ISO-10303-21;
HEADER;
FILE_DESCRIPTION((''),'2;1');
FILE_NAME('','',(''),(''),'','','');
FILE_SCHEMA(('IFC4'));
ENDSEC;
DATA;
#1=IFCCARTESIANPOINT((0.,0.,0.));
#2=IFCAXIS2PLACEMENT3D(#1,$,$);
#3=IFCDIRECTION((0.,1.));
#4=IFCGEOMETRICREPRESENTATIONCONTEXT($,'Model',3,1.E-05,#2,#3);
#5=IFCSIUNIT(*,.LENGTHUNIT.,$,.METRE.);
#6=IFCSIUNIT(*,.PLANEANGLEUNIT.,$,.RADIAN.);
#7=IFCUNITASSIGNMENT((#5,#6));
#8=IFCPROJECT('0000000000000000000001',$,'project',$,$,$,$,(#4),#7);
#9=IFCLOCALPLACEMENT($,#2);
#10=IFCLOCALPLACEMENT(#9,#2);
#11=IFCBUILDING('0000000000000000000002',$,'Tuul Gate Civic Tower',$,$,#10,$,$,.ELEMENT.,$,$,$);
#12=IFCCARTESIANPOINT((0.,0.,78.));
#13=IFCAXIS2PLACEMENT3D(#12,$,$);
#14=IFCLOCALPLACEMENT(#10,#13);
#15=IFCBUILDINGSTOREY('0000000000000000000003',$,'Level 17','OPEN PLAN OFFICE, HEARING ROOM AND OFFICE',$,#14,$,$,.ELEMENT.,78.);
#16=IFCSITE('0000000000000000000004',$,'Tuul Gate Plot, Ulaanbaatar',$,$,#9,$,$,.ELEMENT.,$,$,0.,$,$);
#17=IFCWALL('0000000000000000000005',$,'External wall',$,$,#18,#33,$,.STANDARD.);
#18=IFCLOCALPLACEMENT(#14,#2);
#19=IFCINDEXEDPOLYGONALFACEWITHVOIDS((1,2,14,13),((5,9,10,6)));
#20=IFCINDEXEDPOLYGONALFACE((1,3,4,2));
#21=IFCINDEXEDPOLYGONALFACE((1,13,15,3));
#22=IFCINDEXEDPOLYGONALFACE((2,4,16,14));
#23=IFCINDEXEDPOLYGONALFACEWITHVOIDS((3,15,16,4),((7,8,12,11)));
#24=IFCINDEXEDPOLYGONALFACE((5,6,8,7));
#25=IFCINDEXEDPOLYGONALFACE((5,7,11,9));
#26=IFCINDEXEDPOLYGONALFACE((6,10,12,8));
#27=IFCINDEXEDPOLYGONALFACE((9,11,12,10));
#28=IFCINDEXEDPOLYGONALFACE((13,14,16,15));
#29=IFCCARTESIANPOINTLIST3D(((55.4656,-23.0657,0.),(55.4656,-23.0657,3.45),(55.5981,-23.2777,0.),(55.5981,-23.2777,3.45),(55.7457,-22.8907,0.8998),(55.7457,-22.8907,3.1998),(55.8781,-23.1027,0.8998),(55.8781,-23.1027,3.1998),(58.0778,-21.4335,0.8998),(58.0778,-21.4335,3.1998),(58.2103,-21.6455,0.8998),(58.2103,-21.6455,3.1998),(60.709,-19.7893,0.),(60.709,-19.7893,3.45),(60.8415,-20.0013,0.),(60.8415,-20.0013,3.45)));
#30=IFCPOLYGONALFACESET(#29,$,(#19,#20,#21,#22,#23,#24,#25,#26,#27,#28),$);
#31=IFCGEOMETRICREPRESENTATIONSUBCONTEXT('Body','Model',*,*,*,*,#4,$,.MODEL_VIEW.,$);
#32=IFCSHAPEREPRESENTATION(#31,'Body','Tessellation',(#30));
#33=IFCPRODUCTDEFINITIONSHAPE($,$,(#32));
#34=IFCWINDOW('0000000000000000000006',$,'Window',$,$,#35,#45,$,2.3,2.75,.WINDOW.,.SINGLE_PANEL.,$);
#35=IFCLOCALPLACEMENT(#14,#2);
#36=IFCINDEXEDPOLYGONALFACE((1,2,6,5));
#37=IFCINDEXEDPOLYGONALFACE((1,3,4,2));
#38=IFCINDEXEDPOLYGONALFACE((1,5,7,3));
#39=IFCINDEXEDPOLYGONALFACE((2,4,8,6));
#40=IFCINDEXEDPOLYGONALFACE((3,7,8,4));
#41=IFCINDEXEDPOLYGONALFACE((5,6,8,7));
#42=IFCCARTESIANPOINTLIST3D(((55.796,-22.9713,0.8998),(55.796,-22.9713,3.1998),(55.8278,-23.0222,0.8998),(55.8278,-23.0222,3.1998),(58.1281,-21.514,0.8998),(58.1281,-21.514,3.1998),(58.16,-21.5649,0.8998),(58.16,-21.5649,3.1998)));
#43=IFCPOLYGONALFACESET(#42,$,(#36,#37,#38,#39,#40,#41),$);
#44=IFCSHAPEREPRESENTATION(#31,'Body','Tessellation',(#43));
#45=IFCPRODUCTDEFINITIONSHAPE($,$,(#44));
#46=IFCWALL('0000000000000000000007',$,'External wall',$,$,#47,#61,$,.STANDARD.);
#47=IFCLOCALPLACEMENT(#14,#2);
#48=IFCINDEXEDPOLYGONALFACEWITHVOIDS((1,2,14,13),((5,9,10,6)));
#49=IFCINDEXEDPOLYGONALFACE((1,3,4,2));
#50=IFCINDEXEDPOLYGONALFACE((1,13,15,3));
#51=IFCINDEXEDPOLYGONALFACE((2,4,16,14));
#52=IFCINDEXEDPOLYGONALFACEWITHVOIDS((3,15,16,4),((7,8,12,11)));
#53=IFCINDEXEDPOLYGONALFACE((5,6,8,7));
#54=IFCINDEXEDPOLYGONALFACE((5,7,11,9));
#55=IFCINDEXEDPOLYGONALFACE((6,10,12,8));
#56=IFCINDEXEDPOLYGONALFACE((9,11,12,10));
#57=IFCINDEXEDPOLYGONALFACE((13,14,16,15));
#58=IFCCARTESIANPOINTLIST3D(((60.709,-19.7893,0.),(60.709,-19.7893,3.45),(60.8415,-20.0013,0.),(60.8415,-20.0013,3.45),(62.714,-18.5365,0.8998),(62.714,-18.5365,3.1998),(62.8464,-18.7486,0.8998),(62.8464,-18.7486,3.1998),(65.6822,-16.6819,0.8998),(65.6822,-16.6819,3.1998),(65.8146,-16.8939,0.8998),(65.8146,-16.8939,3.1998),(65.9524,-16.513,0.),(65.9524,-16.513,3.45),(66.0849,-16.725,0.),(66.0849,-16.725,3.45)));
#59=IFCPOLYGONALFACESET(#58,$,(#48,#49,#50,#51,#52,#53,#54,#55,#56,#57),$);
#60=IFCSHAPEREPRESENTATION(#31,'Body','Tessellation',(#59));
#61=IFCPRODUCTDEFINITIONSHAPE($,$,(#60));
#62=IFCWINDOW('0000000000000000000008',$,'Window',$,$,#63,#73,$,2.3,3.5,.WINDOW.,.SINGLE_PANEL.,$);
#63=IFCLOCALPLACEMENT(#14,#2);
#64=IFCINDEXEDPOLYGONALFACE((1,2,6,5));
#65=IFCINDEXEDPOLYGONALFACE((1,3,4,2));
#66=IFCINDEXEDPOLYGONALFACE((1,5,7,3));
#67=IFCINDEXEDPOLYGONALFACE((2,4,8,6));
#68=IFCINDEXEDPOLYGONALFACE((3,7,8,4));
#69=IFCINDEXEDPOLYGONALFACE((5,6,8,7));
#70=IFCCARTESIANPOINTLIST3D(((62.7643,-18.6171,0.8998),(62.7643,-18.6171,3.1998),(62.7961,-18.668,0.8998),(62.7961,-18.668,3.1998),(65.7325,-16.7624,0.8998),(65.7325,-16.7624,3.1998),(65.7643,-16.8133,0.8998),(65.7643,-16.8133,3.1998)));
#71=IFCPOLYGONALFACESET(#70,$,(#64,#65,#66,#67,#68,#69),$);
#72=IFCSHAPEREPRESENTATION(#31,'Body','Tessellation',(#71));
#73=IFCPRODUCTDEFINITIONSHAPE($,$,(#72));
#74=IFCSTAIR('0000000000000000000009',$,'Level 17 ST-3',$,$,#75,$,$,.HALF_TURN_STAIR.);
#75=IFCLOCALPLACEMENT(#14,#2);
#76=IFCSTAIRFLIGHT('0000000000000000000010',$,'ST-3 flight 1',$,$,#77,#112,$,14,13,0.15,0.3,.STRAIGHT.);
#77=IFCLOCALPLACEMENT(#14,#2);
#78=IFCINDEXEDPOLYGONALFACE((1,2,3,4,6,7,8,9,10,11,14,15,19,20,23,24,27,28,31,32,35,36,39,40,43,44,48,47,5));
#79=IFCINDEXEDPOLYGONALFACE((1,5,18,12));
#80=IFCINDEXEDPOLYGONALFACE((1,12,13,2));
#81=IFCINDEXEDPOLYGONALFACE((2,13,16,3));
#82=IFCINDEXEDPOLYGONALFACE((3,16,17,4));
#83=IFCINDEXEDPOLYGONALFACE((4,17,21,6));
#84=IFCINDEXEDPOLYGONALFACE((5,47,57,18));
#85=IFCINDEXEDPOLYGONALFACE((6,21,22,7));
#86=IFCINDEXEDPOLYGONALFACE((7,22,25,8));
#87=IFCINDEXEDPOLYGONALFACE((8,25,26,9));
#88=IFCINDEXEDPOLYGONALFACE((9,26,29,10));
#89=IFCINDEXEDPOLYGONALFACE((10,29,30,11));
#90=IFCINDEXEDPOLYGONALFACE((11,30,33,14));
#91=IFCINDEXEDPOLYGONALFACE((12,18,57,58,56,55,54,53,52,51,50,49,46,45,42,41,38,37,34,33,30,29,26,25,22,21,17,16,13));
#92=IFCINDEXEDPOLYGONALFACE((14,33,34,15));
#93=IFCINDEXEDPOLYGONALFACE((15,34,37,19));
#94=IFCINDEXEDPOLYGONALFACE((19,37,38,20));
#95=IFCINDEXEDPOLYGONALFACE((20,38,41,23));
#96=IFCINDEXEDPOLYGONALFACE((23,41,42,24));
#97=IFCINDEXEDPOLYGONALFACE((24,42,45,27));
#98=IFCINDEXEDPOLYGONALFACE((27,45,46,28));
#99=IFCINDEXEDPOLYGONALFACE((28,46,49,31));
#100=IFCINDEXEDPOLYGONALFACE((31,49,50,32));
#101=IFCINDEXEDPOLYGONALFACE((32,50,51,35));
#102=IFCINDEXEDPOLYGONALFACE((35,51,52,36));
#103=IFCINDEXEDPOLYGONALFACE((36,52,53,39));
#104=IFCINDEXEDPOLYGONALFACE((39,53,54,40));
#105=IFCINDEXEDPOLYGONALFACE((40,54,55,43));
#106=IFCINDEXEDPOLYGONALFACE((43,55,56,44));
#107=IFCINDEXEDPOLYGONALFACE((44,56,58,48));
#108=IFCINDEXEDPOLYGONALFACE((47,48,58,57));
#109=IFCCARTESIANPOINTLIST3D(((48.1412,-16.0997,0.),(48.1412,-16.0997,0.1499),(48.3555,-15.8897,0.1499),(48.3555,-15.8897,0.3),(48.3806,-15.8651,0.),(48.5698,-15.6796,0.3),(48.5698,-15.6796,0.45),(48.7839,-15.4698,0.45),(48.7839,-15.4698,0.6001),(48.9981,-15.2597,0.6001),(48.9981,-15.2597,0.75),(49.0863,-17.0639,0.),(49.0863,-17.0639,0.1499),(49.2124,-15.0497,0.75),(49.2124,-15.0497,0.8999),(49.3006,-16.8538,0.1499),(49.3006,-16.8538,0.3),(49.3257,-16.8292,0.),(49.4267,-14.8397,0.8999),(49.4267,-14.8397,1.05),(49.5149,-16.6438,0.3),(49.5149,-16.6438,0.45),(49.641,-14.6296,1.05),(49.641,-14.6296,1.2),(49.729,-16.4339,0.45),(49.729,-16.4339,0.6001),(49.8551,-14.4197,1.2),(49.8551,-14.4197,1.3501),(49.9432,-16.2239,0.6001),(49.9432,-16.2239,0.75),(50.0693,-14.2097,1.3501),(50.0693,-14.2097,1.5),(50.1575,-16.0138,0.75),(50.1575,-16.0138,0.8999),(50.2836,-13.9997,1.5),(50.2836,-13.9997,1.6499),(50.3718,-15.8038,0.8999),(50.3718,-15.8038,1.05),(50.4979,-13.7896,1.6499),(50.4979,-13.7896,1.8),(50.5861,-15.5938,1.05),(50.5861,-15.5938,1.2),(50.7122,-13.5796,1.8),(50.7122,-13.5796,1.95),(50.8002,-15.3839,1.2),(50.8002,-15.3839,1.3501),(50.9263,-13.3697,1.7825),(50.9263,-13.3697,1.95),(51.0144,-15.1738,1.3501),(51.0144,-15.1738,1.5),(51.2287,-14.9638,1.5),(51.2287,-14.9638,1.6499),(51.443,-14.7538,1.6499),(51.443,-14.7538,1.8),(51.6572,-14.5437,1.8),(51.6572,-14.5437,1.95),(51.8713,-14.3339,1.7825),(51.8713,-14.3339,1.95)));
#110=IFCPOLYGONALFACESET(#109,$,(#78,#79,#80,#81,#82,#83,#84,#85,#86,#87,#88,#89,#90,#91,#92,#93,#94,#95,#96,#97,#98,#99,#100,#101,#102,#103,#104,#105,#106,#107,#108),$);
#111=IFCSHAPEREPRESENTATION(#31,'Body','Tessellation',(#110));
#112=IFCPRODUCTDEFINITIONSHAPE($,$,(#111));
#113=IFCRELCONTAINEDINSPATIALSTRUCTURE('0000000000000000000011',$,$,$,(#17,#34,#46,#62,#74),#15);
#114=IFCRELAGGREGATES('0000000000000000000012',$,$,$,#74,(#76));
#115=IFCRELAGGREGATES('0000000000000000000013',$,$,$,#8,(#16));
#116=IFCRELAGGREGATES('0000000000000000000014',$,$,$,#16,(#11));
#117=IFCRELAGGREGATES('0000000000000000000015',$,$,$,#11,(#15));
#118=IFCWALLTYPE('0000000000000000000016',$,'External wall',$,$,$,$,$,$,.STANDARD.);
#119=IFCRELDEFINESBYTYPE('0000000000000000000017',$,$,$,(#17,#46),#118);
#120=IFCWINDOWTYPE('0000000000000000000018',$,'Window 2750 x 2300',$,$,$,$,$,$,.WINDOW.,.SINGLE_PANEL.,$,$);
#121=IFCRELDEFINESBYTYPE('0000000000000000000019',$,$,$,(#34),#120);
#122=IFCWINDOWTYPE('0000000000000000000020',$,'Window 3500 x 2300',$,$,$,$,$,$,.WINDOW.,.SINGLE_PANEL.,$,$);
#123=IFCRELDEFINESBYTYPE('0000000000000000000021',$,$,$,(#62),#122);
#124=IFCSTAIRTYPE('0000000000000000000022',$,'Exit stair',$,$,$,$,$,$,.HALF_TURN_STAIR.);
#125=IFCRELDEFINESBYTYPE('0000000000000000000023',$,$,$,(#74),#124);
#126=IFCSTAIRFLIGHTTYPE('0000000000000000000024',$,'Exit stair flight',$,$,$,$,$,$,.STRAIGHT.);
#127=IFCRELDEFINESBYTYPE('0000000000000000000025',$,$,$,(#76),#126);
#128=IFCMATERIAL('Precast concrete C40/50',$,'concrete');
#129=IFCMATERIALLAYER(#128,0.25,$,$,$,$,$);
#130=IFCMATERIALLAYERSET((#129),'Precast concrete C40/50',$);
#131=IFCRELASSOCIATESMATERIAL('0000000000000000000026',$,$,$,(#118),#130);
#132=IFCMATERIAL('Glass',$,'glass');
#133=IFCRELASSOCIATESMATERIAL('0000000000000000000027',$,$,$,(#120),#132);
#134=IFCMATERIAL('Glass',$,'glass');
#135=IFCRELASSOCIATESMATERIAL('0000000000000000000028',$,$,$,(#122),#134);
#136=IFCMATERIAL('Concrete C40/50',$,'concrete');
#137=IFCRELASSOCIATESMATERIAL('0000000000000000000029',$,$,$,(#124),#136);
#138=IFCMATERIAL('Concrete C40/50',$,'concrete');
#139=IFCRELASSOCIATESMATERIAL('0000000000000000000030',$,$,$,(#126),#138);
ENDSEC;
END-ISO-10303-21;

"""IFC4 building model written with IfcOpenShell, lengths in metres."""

from ifc_helpers import new_model, si_unit, direction, frame, frame_2d, origin, place, context, subcontext, project, spatial, polyline, rectangle, outline, extrude, material, layer, layer_set, type_object, element, fill, aggregate, save


model = new_model("IFC4")

# Units and contexts
model_context = context("Model", 3, precision=1e-05, world=origin(), true_north=direction((0.0, 1.0)))
body_context = subcontext(model_context, "Body", "Model", "MODEL_VIEW")
ifc_project = project(units=[si_unit("LENGTHUNIT", "METRE"), si_unit("PLANEANGLEUNIT", "RADIAN")], contexts=[model_context])

# Site, building, storey
site_placement = place(None, origin())
site = spatial("IfcSite", under=ifc_project, at=site_placement, Name="Tuul Gate Plot, Ulaanbaatar", CompositionType="ELEMENT", RefElevation=0.0)
building_placement = place(site_placement, origin())
building = spatial("IfcBuilding", under=site, at=building_placement, Name="Tuul Gate Civic Tower", CompositionType="ELEMENT")
storey_placement = place(building_placement, frame((0.0, 0.0, 78.0)))
storey = spatial("IfcBuildingStorey", under=building, at=storey_placement, Name="Level 17", Description="OPEN PLAN OFFICE, HEARING ROOM AND OFFICE", CompositionType="ELEMENT", Elevation=78.0)

# Shared definitions
ifc_material_1 = material(Name="Precast concrete C40/50", Category="concrete")
ifc_layer = layer(ifc_material_1, 0.25)
ifc_layer_set = layer_set([ifc_layer], Name="Precast concrete C40/50")
wall_type = type_object("IfcWallType", Name="External wall", PredefinedType="STANDARD", material=ifc_layer_set)

# Walls, openings, windows
wall_1_placement = place(storey_placement, frame((55.532, -23.1716, 0.0), z_axis=(0.0, 0.0, 1.0), x_axis=(0.848054, 0.52991, 0.0)))
wall_1 = element("IfcWall", 1, at=wall_1_placement, inside=storey, type_object=wall_type, Name="External wall", PredefinedType="STANDARD", context=body_context, shape_type="SweptSolid", body=[
    extrude(rectangle(XDim=6.1829, YDim=0.25, at=frame_2d((3.0913, 0.0))), origin(), (0.0, 0.0, 1.0), 3.45),
])
opening_1_placement = place(wall_1_placement, frame((0.3301, 0.0, 0.8999)))
opening_1 = element("IfcOpeningElement", 2, at=opening_1_placement, cuts=wall_1, PredefinedType="OPENING", context=body_context, shape_type="SweptSolid", body=[
    extrude(rectangle(XDim=2.75, YDim=2.3, at=frame_2d((1.375, 1.1499))), frame((0.0, 0.135, 0.0), z_axis=(0.0, -1.0, 0.0), x_axis=(1.0, 0.0, 0.0)), (0.0, 0.0, 1.0), 0.27),
])
ifc_material_2 = material(Name="Glass", Category="glass")
window_type_1 = type_object("IfcWindowType", Name="Window 2750 x 2300", PartitioningType="SINGLE_PANEL", PredefinedType="WINDOW", material=ifc_material_2)
window_1_placement = place(opening_1_placement, origin())
window_1 = element("IfcWindow", 3, at=window_1_placement, inside=storey, type_object=window_type_1, Name="Window", OverallHeight=2.3, OverallWidth=2.75, PartitioningType="SINGLE_PANEL", PredefinedType="WINDOW", context=body_context, shape_type="SweptSolid", body=[
    extrude(rectangle(XDim=2.75, YDim=2.3, at=frame_2d((1.375, 1.1499))), frame((0.0, 0.03, 0.0), z_axis=(0.0, -1.0, 0.0), x_axis=(1.0, 0.0, 0.0)), (0.0, 0.0, 1.0), 0.0601),
])
fill(opening_1, window_1)
wall_2_placement = place(storey_placement, frame((60.7754, -19.8953, 0.0), z_axis=(0.0, 0.0, 1.0), x_axis=(0.848054, 0.52991, 0.0)))
wall_2 = element("IfcWall", 4, at=wall_2_placement, inside=storey, type_object=wall_type, Name="External wall", PredefinedType="STANDARD", context=body_context, shape_type="SweptSolid", body=[
    extrude(rectangle(XDim=6.1829, YDim=0.25, at=frame_2d((3.0913, 0.0))), origin(), (0.0, 0.0, 1.0), 3.45),
])
opening_2_placement = place(wall_2_placement, frame((2.364, 0.0, 0.8999)))
opening_2 = element("IfcOpeningElement", 5, at=opening_2_placement, cuts=wall_2, PredefinedType="OPENING", context=body_context, shape_type="SweptSolid", body=[
    extrude(rectangle(XDim=3.5, YDim=2.3, at=frame_2d((1.75, 1.1499))), frame((0.0, 0.135, 0.0), z_axis=(0.0, -1.0, 0.0), x_axis=(1.0, 0.0, 0.0)), (0.0, 0.0, 1.0), 0.27),
])
ifc_material_3 = material(Name="Glass", Category="glass")
window_type_2 = type_object("IfcWindowType", Name="Window 3500 x 2300", PartitioningType="SINGLE_PANEL", PredefinedType="WINDOW", material=ifc_material_3)
window_2_placement = place(opening_2_placement, origin())
window_2 = element("IfcWindow", 6, at=window_2_placement, inside=storey, type_object=window_type_2, Name="Window", OverallHeight=2.3, OverallWidth=3.5, PartitioningType="SINGLE_PANEL", PredefinedType="WINDOW", context=body_context, shape_type="SweptSolid", body=[
    extrude(rectangle(XDim=3.5, YDim=2.3, at=frame_2d((1.75, 1.1499))), frame((0.0, 0.03, 0.0), z_axis=(0.0, -1.0, 0.0), x_axis=(1.0, 0.0, 0.0)), (0.0, 0.0, 1.0), 0.0601),
])
fill(opening_2, window_2)

# Stair, stair flight
ifc_material_4 = material(Name="Concrete C40/50", Category="concrete")
stair_type = type_object("IfcStairType", Name="Exit stair", PredefinedType="HALF_TURN_STAIR", material=ifc_material_4)
stair_placement = place(storey_placement, origin())
stair = element("IfcStair", 7, at=stair_placement, inside=storey, type_object=stair_type, Name="Level 17 ST-3", PredefinedType="HALF_TURN_STAIR")
ifc_material_5 = material(Name="Concrete C40/50", Category="concrete")
stair_flight_type = type_object("IfcStairFlightType", Name="Exit stair flight", PredefinedType="STRAIGHT", material=ifc_material_5)
stair_flight_placement = place(storey_placement, frame((48.6138, -16.5818, 0.0), z_axis=(0.0, 0.0, 1.0), x_axis=(0.714127, 0.700016, 0.0)))
stair_flight = element("IfcStairFlight", 8, at=stair_flight_placement, type_object=stair_flight_type, Name="ST-3 flight 1", NumberOfRisers=14, NumberOfTreads=13, PredefinedType="STRAIGHT", RiserHeight=0.15, TreadLength=0.3, context=body_context, shape_type="SweptSolid", body=[
    extrude(outline(polyline([(0.0, 0.0), (0.0, 0.1499), (0.3, 0.1499), (0.3, 0.3), (0.6001, 0.3), (0.6001, 0.45), (0.8999, 0.45), (0.8999, 0.6001), (1.2, 0.6001), (1.2, 0.75), (1.5, 0.75), (1.5, 0.8999), (1.8, 0.8999), (1.8, 1.05), (2.1001, 1.05), (2.1001, 1.2), (2.3999, 1.2), (2.3999, 1.3501), (2.7, 1.3501), (2.7, 1.5), (3.0, 1.5), (3.0, 1.6499), (3.3, 1.6499), (3.3, 1.8), (3.6001, 1.8), (3.6001, 1.95), (3.8999, 1.95), (3.8999, 2.1001), (3.8999, 1.7825), (0.3352, 0.0), (0.0, 0.0)])), frame((0.0, 0.675, 0.0), z_axis=(0.0, -1.0, 0.0), x_axis=(1.0, 0.0, 0.0)), (0.0, 0.0, 1.0), 1.3501),
])
aggregate(stair, [stair_flight])

save(model, "model.ifc")
